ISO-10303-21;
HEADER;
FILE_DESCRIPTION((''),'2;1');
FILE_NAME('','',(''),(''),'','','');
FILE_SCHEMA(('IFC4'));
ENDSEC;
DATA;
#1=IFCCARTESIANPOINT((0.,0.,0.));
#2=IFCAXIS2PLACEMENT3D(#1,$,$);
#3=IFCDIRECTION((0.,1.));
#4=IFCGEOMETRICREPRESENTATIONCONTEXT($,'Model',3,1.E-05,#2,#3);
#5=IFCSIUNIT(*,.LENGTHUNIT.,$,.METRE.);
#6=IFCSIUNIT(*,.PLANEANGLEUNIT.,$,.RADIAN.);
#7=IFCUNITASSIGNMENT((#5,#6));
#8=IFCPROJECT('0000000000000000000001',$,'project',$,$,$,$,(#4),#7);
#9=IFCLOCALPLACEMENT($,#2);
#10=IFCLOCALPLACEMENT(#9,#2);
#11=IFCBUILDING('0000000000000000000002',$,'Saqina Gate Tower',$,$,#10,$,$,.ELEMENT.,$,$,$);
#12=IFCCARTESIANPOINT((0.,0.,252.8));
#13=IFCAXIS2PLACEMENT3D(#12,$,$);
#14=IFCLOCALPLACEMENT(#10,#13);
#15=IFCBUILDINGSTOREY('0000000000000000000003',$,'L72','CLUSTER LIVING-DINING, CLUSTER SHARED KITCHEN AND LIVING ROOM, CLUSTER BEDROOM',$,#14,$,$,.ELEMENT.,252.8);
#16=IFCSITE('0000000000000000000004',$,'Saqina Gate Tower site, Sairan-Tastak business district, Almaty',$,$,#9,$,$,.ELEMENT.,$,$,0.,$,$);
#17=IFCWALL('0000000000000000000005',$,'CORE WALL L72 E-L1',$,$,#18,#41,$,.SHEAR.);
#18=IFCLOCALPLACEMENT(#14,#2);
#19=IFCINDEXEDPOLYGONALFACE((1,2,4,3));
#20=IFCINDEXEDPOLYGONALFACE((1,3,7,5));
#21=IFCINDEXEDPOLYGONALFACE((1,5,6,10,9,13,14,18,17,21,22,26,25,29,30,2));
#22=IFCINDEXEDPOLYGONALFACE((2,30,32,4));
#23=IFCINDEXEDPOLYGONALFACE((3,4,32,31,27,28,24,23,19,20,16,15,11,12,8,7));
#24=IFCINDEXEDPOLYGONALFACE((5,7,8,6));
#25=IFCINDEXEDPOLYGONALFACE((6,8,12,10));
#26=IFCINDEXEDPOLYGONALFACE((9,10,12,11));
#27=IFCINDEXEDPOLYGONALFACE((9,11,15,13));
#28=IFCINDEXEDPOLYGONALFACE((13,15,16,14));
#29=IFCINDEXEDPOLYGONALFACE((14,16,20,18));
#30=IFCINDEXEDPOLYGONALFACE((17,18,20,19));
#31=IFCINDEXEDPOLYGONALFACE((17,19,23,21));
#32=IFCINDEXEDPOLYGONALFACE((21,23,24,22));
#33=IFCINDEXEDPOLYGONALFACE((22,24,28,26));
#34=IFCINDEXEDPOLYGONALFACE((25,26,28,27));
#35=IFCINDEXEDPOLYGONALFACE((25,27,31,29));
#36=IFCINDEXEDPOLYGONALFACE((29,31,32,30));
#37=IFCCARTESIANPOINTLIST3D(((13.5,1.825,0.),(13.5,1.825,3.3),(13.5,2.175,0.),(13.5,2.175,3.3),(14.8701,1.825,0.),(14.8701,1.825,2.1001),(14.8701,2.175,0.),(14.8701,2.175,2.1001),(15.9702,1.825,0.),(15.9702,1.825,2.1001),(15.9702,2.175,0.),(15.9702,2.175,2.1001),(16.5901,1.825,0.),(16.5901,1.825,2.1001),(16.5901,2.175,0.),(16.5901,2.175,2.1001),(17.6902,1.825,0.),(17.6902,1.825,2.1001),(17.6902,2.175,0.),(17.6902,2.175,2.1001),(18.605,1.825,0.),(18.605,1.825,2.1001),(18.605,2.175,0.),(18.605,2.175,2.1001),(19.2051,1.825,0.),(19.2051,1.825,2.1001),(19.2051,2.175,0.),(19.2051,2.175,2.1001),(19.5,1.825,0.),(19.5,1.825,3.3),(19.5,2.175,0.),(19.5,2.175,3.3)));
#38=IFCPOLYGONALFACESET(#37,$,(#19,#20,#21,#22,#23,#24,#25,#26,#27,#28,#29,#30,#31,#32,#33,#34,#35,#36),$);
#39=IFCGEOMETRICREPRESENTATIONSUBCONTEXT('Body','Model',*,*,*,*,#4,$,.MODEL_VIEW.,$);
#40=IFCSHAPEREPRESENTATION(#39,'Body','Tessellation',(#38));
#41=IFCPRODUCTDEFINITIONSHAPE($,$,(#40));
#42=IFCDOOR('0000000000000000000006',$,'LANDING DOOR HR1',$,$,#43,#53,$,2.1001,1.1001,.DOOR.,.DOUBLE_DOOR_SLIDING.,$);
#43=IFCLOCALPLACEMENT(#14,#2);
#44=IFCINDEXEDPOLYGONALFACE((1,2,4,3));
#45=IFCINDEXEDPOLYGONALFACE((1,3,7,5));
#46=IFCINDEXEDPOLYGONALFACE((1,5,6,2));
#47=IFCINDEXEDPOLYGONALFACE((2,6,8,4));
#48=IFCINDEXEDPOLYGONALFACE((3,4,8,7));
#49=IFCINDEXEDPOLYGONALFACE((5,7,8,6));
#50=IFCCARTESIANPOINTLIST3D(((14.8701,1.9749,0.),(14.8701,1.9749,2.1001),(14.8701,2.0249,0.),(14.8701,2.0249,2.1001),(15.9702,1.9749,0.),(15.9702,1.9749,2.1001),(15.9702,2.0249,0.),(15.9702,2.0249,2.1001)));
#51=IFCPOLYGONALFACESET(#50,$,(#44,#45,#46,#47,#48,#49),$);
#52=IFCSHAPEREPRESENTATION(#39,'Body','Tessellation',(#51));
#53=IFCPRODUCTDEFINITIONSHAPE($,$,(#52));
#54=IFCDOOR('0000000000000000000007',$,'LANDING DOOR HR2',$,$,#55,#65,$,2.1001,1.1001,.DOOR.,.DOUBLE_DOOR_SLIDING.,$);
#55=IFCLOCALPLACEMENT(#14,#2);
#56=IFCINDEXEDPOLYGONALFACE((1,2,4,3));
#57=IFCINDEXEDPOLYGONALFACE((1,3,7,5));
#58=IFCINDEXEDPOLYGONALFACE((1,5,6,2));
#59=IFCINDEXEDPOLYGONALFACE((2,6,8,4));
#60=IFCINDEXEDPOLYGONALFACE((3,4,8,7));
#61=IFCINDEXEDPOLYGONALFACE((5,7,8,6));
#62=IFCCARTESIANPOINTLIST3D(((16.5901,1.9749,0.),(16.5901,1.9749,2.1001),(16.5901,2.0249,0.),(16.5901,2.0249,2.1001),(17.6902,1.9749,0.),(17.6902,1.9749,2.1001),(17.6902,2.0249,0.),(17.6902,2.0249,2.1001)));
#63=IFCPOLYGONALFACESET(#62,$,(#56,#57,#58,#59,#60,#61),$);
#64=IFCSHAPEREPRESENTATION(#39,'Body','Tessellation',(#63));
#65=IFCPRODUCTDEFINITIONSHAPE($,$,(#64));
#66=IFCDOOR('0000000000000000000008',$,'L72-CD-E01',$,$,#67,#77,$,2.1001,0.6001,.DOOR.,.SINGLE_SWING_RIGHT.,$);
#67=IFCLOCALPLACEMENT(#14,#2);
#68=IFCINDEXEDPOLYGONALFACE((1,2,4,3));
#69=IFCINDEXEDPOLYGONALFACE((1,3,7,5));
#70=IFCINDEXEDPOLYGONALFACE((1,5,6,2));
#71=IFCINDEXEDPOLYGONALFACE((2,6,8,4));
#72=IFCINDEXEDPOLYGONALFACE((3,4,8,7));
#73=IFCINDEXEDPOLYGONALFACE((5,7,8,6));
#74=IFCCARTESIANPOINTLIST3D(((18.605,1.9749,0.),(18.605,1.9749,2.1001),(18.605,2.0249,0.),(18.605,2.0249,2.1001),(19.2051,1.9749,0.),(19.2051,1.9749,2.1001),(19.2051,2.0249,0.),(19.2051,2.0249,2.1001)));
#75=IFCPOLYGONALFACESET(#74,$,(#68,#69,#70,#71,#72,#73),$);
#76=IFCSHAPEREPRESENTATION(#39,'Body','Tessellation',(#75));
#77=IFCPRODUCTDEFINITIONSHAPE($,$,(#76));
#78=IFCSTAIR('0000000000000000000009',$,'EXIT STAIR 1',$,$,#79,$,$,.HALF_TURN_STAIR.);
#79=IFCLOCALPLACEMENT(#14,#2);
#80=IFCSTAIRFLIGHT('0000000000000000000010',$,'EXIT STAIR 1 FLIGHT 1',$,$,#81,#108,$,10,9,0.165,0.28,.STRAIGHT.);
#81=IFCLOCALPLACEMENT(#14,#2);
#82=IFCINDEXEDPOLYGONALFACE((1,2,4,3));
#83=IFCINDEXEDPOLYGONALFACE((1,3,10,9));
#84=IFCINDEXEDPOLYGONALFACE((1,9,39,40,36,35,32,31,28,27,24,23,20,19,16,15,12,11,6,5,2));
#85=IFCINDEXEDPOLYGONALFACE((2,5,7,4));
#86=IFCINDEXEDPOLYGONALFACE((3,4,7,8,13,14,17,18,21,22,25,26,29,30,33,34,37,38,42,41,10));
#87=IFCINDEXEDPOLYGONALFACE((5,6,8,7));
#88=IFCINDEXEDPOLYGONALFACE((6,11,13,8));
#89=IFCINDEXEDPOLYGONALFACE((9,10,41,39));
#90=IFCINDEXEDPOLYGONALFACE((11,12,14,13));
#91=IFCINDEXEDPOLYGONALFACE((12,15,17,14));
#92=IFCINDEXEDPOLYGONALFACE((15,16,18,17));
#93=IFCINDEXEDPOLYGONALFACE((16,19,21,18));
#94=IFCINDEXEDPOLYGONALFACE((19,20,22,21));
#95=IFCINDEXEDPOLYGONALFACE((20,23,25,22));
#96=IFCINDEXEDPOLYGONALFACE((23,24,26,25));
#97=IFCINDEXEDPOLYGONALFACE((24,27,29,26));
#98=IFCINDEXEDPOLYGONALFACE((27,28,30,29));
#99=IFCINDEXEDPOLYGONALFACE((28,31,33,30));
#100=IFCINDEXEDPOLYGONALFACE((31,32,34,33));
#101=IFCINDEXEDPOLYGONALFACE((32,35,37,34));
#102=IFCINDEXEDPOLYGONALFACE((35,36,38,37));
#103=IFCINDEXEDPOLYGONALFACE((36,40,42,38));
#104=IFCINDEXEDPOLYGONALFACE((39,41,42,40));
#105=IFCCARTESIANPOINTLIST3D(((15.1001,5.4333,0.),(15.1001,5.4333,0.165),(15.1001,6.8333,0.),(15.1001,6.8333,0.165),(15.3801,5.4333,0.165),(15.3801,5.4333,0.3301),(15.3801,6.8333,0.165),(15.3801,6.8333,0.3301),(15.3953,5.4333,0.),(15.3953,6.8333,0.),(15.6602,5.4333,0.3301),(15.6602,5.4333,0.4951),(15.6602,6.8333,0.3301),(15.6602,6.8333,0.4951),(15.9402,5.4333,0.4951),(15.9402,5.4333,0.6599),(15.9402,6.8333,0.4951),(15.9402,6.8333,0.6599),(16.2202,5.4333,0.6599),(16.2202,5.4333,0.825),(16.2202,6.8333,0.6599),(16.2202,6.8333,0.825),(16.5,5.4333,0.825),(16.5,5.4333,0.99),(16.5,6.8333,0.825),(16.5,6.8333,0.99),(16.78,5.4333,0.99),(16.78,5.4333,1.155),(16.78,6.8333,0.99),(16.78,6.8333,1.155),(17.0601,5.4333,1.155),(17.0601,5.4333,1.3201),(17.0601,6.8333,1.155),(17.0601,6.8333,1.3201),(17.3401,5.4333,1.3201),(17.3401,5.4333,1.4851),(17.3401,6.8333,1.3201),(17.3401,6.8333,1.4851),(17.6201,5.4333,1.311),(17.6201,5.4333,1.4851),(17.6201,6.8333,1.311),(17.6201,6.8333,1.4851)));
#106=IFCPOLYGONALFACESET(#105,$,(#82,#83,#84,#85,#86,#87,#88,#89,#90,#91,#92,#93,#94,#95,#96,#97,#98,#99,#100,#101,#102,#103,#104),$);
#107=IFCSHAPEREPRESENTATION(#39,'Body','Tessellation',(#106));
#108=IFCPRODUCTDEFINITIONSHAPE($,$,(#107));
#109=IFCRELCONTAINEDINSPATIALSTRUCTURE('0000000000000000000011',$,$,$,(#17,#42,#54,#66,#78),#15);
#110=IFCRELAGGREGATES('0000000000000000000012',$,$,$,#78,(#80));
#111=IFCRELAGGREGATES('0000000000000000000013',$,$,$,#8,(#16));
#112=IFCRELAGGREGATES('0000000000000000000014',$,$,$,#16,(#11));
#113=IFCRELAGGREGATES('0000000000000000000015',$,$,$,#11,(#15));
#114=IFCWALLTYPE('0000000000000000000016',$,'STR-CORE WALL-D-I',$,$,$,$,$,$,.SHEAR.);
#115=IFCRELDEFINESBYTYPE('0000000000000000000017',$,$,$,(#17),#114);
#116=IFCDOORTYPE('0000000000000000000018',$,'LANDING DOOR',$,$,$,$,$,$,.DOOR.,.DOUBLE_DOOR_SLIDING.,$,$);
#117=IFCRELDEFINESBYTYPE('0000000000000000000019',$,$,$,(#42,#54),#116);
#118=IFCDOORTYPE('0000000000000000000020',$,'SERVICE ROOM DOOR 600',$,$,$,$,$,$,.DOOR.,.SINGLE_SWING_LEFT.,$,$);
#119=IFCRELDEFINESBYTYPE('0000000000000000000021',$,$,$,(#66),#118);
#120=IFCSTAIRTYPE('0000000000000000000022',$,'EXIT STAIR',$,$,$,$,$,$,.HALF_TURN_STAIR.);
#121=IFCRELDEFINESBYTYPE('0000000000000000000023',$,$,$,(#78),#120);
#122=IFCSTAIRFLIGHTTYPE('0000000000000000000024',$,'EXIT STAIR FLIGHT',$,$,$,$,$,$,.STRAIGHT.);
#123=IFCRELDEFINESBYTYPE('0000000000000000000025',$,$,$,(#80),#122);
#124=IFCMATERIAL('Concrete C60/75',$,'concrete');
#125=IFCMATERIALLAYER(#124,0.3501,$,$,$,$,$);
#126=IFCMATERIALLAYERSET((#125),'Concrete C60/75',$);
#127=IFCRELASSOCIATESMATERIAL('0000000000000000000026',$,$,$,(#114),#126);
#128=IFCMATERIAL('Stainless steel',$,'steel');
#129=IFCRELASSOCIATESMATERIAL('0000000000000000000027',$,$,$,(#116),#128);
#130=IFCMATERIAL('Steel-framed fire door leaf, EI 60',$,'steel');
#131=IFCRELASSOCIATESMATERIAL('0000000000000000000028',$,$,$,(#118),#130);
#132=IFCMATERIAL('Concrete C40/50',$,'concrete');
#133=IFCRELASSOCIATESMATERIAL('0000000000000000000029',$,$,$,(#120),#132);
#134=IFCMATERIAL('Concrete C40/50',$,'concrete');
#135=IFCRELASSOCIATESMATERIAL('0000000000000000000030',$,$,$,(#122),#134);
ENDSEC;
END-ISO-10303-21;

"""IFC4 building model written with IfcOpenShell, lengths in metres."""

from ifc_helpers import new_model, si_unit, direction, frame, frame_2d, origin, place, context, subcontext, project, spatial, polyline, rectangle, outline, extrude, material, layer, layer_set, type_object, element, fill, aggregate, save


model = new_model("IFC4")

# Units and contexts
model_context = context("Model", 3, precision=1e-05, world=origin(), true_north=direction((0.0, 1.0)))
body_context = subcontext(model_context, "Body", "Model", "MODEL_VIEW")
ifc_project = project(units=[si_unit("LENGTHUNIT", "METRE"), si_unit("PLANEANGLEUNIT", "RADIAN")], contexts=[model_context])

# Site, building, storey
site_placement = place(None, origin())
site = spatial("IfcSite", under=ifc_project, at=site_placement, Name="Saqina Gate Tower site, Sairan-Tastak business district, Almaty", CompositionType="ELEMENT", RefElevation=0.0)
building_placement = place(site_placement, origin())
building = spatial("IfcBuilding", under=site, at=building_placement, Name="Saqina Gate Tower", CompositionType="ELEMENT")
storey_placement = place(building_placement, frame((0.0, 0.0, 252.8)))
storey = spatial("IfcBuildingStorey", under=building, at=storey_placement, Name="L72", Description="CLUSTER LIVING-DINING, CLUSTER SHARED KITCHEN AND LIVING ROOM, CLUSTER BEDROOM", CompositionType="ELEMENT", Elevation=252.8)

# Shared definitions
ifc_material_1 = material(Name="Concrete C60/75", Category="concrete")
ifc_layer_1 = layer(ifc_material_1, 0.3501)
ifc_layer_set_1 = layer_set([ifc_layer_1], Name="Concrete C60/75")
wall_type_1 = type_object("IfcWallType", Name="STR-CORE WALL-D-I", PredefinedType="SHEAR", material=ifc_layer_set_1)

# Wall, openings, doors
wall_1_placement = place(storey_placement, frame((13.5, 2.0, 0.0), z_axis=(0.0, 0.0, 1.0), x_axis=(1.0, 0.0, 0.0)))
wall_1 = element("IfcWall", 1, at=wall_1_placement, inside=storey, type_object=wall_type_1, Name="CORE WALL L72 E-L1", PredefinedType="SHEAR", context=body_context, shape_type="SweptSolid", body=[
    extrude(rectangle(XDim=6.0, YDim=0.3501, at=frame_2d((3.0, 0.0))), origin(), (0.0, 0.0, 1.0), 3.3),
])
opening_1_placement = place(wall_1_placement, frame((1.3701, 0.0, 0.0)))
opening_1 = element("IfcOpeningElement", 2, at=opening_1_placement, cuts=wall_1, PredefinedType="OPENING", context=body_context, shape_type="SweptSolid", body=[
    extrude(rectangle(XDim=1.1001, YDim=2.1001, at=frame_2d((0.55, 1.05))), frame((0.0, 0.187, 0.0), z_axis=(0.0, -1.0, 0.0), x_axis=(1.0, 0.0, 0.0)), (0.0, 0.0, 1.0), 0.374),
])
opening_2_placement = place(wall_1_placement, frame((3.0901, 0.0, 0.0)))
opening_2 = element("IfcOpeningElement", 3, at=opening_2_placement, cuts=wall_1, PredefinedType="OPENING", context=body_context, shape_type="SweptSolid", body=[
    extrude(rectangle(XDim=1.1001, YDim=2.1001, at=frame_2d((0.55, 1.05))), frame((0.0, 0.187, 0.0), z_axis=(0.0, -1.0, 0.0), x_axis=(1.0, 0.0, 0.0)), (0.0, 0.0, 1.0), 0.374),
])
opening_3_placement = place(wall_1_placement, frame((5.105, 0.0, 0.0)))
opening_3 = element("IfcOpeningElement", 4, at=opening_3_placement, cuts=wall_1, PredefinedType="OPENING", context=body_context, shape_type="SweptSolid", body=[
    extrude(rectangle(XDim=0.6001, YDim=2.1001, at=frame_2d((0.3, 1.05))), frame((0.0, 0.187, 0.0), z_axis=(0.0, -1.0, 0.0), x_axis=(1.0, 0.0, 0.0)), (0.0, 0.0, 1.0), 0.374),
])
ifc_material_2 = material(Name="Stainless steel", Category="steel")
door_type_1 = type_object("IfcDoorType", Name="LANDING DOOR", OperationType="DOUBLE_DOOR_SLIDING", PredefinedType="DOOR", material=ifc_material_2)
door_1_placement = place(opening_1_placement, origin())
door_1 = element("IfcDoor", 5, at=door_1_placement, inside=storey, type_object=door_type_1, Name="LANDING DOOR HR1", OperationType="DOUBLE_DOOR_SLIDING", OverallHeight=2.1001, OverallWidth=1.1001, PredefinedType="DOOR", context=body_context, shape_type="SweptSolid", body=[
    extrude(rectangle(XDim=1.1001, YDim=2.1001, at=frame_2d((0.55, 1.05))), frame((0.0, 0.0249, 0.0), z_axis=(0.0, -1.0, 0.0), x_axis=(1.0, 0.0, 0.0)), (0.0, 0.0, 1.0), 0.05),
])
fill(opening_1, door_1)
door_2_placement = place(opening_2_placement, origin())
door_2 = element("IfcDoor", 6, at=door_2_placement, inside=storey, type_object=door_type_1, Name="LANDING DOOR HR2", OperationType="DOUBLE_DOOR_SLIDING", OverallHeight=2.1001, OverallWidth=1.1001, PredefinedType="DOOR", context=body_context, shape_type="SweptSolid", body=[
    extrude(rectangle(XDim=1.1001, YDim=2.1001, at=frame_2d((0.55, 1.05))), frame((0.0, 0.0249, 0.0), z_axis=(0.0, -1.0, 0.0), x_axis=(1.0, 0.0, 0.0)), (0.0, 0.0, 1.0), 0.05),
])
fill(opening_2, door_2)
ifc_material_3 = material(Name="Steel-framed fire door leaf, EI 60", Category="steel")
door_type_2 = type_object("IfcDoorType", Name="SERVICE ROOM DOOR 600", OperationType="SINGLE_SWING_LEFT", PredefinedType="DOOR", material=ifc_material_3)
door_3_placement = place(opening_3_placement, origin())
door_3 = element("IfcDoor", 7, at=door_3_placement, inside=storey, type_object=door_type_2, Name="L72-CD-E01", OperationType="SINGLE_SWING_RIGHT", OverallHeight=2.1001, OverallWidth=0.6001, PredefinedType="DOOR", context=body_context, shape_type="SweptSolid", body=[
    extrude(rectangle(XDim=0.6001, YDim=2.1001, at=frame_2d((0.3, 1.05))), frame((0.0, 0.0249, 0.0), z_axis=(0.0, -1.0, 0.0), x_axis=(1.0, 0.0, 0.0)), (0.0, 0.0, 1.0), 0.05),
])
fill(opening_3, door_3)

# Stair, stair flight
ifc_material_4 = material(Name="Concrete C40/50", Category="concrete")
stair_type = type_object("IfcStairType", Name="EXIT STAIR", PredefinedType="HALF_TURN_STAIR", material=ifc_material_4)
stair_placement = place(storey_placement, origin())
stair = element("IfcStair", 8, at=stair_placement, inside=storey, type_object=stair_type, Name="EXIT STAIR 1", PredefinedType="HALF_TURN_STAIR")
ifc_material_5 = material(Name="Concrete C40/50", Category="concrete")
stair_flight_type = type_object("IfcStairFlightType", Name="EXIT STAIR FLIGHT", PredefinedType="STRAIGHT", material=ifc_material_5)
stair_flight_placement = place(storey_placement, frame((15.1001, 6.1333, 0.0), z_axis=(0.0, 0.0, 1.0), x_axis=(1.0, 0.0, 0.0)))
stair_flight = element("IfcStairFlight", 9, at=stair_flight_placement, type_object=stair_flight_type, Name="EXIT STAIR 1 FLIGHT 1", NumberOfRisers=10, NumberOfTreads=9, PredefinedType="STRAIGHT", RiserHeight=0.165, TreadLength=0.28, context=body_context, shape_type="SweptSolid", body=[
    extrude(outline(polyline([(0.0, 0.0), (0.0, 0.165), (0.28, 0.165), (0.28, 0.3301), (0.5601, 0.3301), (0.5601, 0.4951), (0.8401, 0.4951), (0.8401, 0.6599), (1.1201, 0.6599), (1.1201, 0.825), (1.3999, 0.825), (1.3999, 0.99), (1.6799, 0.99), (1.6799, 1.155), (1.96, 1.155), (1.96, 1.3201), (2.24, 1.3201), (2.24, 1.4851), (2.52, 1.4851), (2.52, 1.6499), (2.52, 1.311), (0.2952, 0.0), (0.0, 0.0)])), frame((0.0, 0.7, 0.0), z_axis=(0.0, -1.0, 0.0), x_axis=(1.0, 0.0, 0.0)), (0.0, 0.0, 1.0), 1.3999),
])
aggregate(stair, [stair_flight])

save(model, "model.ifc")
